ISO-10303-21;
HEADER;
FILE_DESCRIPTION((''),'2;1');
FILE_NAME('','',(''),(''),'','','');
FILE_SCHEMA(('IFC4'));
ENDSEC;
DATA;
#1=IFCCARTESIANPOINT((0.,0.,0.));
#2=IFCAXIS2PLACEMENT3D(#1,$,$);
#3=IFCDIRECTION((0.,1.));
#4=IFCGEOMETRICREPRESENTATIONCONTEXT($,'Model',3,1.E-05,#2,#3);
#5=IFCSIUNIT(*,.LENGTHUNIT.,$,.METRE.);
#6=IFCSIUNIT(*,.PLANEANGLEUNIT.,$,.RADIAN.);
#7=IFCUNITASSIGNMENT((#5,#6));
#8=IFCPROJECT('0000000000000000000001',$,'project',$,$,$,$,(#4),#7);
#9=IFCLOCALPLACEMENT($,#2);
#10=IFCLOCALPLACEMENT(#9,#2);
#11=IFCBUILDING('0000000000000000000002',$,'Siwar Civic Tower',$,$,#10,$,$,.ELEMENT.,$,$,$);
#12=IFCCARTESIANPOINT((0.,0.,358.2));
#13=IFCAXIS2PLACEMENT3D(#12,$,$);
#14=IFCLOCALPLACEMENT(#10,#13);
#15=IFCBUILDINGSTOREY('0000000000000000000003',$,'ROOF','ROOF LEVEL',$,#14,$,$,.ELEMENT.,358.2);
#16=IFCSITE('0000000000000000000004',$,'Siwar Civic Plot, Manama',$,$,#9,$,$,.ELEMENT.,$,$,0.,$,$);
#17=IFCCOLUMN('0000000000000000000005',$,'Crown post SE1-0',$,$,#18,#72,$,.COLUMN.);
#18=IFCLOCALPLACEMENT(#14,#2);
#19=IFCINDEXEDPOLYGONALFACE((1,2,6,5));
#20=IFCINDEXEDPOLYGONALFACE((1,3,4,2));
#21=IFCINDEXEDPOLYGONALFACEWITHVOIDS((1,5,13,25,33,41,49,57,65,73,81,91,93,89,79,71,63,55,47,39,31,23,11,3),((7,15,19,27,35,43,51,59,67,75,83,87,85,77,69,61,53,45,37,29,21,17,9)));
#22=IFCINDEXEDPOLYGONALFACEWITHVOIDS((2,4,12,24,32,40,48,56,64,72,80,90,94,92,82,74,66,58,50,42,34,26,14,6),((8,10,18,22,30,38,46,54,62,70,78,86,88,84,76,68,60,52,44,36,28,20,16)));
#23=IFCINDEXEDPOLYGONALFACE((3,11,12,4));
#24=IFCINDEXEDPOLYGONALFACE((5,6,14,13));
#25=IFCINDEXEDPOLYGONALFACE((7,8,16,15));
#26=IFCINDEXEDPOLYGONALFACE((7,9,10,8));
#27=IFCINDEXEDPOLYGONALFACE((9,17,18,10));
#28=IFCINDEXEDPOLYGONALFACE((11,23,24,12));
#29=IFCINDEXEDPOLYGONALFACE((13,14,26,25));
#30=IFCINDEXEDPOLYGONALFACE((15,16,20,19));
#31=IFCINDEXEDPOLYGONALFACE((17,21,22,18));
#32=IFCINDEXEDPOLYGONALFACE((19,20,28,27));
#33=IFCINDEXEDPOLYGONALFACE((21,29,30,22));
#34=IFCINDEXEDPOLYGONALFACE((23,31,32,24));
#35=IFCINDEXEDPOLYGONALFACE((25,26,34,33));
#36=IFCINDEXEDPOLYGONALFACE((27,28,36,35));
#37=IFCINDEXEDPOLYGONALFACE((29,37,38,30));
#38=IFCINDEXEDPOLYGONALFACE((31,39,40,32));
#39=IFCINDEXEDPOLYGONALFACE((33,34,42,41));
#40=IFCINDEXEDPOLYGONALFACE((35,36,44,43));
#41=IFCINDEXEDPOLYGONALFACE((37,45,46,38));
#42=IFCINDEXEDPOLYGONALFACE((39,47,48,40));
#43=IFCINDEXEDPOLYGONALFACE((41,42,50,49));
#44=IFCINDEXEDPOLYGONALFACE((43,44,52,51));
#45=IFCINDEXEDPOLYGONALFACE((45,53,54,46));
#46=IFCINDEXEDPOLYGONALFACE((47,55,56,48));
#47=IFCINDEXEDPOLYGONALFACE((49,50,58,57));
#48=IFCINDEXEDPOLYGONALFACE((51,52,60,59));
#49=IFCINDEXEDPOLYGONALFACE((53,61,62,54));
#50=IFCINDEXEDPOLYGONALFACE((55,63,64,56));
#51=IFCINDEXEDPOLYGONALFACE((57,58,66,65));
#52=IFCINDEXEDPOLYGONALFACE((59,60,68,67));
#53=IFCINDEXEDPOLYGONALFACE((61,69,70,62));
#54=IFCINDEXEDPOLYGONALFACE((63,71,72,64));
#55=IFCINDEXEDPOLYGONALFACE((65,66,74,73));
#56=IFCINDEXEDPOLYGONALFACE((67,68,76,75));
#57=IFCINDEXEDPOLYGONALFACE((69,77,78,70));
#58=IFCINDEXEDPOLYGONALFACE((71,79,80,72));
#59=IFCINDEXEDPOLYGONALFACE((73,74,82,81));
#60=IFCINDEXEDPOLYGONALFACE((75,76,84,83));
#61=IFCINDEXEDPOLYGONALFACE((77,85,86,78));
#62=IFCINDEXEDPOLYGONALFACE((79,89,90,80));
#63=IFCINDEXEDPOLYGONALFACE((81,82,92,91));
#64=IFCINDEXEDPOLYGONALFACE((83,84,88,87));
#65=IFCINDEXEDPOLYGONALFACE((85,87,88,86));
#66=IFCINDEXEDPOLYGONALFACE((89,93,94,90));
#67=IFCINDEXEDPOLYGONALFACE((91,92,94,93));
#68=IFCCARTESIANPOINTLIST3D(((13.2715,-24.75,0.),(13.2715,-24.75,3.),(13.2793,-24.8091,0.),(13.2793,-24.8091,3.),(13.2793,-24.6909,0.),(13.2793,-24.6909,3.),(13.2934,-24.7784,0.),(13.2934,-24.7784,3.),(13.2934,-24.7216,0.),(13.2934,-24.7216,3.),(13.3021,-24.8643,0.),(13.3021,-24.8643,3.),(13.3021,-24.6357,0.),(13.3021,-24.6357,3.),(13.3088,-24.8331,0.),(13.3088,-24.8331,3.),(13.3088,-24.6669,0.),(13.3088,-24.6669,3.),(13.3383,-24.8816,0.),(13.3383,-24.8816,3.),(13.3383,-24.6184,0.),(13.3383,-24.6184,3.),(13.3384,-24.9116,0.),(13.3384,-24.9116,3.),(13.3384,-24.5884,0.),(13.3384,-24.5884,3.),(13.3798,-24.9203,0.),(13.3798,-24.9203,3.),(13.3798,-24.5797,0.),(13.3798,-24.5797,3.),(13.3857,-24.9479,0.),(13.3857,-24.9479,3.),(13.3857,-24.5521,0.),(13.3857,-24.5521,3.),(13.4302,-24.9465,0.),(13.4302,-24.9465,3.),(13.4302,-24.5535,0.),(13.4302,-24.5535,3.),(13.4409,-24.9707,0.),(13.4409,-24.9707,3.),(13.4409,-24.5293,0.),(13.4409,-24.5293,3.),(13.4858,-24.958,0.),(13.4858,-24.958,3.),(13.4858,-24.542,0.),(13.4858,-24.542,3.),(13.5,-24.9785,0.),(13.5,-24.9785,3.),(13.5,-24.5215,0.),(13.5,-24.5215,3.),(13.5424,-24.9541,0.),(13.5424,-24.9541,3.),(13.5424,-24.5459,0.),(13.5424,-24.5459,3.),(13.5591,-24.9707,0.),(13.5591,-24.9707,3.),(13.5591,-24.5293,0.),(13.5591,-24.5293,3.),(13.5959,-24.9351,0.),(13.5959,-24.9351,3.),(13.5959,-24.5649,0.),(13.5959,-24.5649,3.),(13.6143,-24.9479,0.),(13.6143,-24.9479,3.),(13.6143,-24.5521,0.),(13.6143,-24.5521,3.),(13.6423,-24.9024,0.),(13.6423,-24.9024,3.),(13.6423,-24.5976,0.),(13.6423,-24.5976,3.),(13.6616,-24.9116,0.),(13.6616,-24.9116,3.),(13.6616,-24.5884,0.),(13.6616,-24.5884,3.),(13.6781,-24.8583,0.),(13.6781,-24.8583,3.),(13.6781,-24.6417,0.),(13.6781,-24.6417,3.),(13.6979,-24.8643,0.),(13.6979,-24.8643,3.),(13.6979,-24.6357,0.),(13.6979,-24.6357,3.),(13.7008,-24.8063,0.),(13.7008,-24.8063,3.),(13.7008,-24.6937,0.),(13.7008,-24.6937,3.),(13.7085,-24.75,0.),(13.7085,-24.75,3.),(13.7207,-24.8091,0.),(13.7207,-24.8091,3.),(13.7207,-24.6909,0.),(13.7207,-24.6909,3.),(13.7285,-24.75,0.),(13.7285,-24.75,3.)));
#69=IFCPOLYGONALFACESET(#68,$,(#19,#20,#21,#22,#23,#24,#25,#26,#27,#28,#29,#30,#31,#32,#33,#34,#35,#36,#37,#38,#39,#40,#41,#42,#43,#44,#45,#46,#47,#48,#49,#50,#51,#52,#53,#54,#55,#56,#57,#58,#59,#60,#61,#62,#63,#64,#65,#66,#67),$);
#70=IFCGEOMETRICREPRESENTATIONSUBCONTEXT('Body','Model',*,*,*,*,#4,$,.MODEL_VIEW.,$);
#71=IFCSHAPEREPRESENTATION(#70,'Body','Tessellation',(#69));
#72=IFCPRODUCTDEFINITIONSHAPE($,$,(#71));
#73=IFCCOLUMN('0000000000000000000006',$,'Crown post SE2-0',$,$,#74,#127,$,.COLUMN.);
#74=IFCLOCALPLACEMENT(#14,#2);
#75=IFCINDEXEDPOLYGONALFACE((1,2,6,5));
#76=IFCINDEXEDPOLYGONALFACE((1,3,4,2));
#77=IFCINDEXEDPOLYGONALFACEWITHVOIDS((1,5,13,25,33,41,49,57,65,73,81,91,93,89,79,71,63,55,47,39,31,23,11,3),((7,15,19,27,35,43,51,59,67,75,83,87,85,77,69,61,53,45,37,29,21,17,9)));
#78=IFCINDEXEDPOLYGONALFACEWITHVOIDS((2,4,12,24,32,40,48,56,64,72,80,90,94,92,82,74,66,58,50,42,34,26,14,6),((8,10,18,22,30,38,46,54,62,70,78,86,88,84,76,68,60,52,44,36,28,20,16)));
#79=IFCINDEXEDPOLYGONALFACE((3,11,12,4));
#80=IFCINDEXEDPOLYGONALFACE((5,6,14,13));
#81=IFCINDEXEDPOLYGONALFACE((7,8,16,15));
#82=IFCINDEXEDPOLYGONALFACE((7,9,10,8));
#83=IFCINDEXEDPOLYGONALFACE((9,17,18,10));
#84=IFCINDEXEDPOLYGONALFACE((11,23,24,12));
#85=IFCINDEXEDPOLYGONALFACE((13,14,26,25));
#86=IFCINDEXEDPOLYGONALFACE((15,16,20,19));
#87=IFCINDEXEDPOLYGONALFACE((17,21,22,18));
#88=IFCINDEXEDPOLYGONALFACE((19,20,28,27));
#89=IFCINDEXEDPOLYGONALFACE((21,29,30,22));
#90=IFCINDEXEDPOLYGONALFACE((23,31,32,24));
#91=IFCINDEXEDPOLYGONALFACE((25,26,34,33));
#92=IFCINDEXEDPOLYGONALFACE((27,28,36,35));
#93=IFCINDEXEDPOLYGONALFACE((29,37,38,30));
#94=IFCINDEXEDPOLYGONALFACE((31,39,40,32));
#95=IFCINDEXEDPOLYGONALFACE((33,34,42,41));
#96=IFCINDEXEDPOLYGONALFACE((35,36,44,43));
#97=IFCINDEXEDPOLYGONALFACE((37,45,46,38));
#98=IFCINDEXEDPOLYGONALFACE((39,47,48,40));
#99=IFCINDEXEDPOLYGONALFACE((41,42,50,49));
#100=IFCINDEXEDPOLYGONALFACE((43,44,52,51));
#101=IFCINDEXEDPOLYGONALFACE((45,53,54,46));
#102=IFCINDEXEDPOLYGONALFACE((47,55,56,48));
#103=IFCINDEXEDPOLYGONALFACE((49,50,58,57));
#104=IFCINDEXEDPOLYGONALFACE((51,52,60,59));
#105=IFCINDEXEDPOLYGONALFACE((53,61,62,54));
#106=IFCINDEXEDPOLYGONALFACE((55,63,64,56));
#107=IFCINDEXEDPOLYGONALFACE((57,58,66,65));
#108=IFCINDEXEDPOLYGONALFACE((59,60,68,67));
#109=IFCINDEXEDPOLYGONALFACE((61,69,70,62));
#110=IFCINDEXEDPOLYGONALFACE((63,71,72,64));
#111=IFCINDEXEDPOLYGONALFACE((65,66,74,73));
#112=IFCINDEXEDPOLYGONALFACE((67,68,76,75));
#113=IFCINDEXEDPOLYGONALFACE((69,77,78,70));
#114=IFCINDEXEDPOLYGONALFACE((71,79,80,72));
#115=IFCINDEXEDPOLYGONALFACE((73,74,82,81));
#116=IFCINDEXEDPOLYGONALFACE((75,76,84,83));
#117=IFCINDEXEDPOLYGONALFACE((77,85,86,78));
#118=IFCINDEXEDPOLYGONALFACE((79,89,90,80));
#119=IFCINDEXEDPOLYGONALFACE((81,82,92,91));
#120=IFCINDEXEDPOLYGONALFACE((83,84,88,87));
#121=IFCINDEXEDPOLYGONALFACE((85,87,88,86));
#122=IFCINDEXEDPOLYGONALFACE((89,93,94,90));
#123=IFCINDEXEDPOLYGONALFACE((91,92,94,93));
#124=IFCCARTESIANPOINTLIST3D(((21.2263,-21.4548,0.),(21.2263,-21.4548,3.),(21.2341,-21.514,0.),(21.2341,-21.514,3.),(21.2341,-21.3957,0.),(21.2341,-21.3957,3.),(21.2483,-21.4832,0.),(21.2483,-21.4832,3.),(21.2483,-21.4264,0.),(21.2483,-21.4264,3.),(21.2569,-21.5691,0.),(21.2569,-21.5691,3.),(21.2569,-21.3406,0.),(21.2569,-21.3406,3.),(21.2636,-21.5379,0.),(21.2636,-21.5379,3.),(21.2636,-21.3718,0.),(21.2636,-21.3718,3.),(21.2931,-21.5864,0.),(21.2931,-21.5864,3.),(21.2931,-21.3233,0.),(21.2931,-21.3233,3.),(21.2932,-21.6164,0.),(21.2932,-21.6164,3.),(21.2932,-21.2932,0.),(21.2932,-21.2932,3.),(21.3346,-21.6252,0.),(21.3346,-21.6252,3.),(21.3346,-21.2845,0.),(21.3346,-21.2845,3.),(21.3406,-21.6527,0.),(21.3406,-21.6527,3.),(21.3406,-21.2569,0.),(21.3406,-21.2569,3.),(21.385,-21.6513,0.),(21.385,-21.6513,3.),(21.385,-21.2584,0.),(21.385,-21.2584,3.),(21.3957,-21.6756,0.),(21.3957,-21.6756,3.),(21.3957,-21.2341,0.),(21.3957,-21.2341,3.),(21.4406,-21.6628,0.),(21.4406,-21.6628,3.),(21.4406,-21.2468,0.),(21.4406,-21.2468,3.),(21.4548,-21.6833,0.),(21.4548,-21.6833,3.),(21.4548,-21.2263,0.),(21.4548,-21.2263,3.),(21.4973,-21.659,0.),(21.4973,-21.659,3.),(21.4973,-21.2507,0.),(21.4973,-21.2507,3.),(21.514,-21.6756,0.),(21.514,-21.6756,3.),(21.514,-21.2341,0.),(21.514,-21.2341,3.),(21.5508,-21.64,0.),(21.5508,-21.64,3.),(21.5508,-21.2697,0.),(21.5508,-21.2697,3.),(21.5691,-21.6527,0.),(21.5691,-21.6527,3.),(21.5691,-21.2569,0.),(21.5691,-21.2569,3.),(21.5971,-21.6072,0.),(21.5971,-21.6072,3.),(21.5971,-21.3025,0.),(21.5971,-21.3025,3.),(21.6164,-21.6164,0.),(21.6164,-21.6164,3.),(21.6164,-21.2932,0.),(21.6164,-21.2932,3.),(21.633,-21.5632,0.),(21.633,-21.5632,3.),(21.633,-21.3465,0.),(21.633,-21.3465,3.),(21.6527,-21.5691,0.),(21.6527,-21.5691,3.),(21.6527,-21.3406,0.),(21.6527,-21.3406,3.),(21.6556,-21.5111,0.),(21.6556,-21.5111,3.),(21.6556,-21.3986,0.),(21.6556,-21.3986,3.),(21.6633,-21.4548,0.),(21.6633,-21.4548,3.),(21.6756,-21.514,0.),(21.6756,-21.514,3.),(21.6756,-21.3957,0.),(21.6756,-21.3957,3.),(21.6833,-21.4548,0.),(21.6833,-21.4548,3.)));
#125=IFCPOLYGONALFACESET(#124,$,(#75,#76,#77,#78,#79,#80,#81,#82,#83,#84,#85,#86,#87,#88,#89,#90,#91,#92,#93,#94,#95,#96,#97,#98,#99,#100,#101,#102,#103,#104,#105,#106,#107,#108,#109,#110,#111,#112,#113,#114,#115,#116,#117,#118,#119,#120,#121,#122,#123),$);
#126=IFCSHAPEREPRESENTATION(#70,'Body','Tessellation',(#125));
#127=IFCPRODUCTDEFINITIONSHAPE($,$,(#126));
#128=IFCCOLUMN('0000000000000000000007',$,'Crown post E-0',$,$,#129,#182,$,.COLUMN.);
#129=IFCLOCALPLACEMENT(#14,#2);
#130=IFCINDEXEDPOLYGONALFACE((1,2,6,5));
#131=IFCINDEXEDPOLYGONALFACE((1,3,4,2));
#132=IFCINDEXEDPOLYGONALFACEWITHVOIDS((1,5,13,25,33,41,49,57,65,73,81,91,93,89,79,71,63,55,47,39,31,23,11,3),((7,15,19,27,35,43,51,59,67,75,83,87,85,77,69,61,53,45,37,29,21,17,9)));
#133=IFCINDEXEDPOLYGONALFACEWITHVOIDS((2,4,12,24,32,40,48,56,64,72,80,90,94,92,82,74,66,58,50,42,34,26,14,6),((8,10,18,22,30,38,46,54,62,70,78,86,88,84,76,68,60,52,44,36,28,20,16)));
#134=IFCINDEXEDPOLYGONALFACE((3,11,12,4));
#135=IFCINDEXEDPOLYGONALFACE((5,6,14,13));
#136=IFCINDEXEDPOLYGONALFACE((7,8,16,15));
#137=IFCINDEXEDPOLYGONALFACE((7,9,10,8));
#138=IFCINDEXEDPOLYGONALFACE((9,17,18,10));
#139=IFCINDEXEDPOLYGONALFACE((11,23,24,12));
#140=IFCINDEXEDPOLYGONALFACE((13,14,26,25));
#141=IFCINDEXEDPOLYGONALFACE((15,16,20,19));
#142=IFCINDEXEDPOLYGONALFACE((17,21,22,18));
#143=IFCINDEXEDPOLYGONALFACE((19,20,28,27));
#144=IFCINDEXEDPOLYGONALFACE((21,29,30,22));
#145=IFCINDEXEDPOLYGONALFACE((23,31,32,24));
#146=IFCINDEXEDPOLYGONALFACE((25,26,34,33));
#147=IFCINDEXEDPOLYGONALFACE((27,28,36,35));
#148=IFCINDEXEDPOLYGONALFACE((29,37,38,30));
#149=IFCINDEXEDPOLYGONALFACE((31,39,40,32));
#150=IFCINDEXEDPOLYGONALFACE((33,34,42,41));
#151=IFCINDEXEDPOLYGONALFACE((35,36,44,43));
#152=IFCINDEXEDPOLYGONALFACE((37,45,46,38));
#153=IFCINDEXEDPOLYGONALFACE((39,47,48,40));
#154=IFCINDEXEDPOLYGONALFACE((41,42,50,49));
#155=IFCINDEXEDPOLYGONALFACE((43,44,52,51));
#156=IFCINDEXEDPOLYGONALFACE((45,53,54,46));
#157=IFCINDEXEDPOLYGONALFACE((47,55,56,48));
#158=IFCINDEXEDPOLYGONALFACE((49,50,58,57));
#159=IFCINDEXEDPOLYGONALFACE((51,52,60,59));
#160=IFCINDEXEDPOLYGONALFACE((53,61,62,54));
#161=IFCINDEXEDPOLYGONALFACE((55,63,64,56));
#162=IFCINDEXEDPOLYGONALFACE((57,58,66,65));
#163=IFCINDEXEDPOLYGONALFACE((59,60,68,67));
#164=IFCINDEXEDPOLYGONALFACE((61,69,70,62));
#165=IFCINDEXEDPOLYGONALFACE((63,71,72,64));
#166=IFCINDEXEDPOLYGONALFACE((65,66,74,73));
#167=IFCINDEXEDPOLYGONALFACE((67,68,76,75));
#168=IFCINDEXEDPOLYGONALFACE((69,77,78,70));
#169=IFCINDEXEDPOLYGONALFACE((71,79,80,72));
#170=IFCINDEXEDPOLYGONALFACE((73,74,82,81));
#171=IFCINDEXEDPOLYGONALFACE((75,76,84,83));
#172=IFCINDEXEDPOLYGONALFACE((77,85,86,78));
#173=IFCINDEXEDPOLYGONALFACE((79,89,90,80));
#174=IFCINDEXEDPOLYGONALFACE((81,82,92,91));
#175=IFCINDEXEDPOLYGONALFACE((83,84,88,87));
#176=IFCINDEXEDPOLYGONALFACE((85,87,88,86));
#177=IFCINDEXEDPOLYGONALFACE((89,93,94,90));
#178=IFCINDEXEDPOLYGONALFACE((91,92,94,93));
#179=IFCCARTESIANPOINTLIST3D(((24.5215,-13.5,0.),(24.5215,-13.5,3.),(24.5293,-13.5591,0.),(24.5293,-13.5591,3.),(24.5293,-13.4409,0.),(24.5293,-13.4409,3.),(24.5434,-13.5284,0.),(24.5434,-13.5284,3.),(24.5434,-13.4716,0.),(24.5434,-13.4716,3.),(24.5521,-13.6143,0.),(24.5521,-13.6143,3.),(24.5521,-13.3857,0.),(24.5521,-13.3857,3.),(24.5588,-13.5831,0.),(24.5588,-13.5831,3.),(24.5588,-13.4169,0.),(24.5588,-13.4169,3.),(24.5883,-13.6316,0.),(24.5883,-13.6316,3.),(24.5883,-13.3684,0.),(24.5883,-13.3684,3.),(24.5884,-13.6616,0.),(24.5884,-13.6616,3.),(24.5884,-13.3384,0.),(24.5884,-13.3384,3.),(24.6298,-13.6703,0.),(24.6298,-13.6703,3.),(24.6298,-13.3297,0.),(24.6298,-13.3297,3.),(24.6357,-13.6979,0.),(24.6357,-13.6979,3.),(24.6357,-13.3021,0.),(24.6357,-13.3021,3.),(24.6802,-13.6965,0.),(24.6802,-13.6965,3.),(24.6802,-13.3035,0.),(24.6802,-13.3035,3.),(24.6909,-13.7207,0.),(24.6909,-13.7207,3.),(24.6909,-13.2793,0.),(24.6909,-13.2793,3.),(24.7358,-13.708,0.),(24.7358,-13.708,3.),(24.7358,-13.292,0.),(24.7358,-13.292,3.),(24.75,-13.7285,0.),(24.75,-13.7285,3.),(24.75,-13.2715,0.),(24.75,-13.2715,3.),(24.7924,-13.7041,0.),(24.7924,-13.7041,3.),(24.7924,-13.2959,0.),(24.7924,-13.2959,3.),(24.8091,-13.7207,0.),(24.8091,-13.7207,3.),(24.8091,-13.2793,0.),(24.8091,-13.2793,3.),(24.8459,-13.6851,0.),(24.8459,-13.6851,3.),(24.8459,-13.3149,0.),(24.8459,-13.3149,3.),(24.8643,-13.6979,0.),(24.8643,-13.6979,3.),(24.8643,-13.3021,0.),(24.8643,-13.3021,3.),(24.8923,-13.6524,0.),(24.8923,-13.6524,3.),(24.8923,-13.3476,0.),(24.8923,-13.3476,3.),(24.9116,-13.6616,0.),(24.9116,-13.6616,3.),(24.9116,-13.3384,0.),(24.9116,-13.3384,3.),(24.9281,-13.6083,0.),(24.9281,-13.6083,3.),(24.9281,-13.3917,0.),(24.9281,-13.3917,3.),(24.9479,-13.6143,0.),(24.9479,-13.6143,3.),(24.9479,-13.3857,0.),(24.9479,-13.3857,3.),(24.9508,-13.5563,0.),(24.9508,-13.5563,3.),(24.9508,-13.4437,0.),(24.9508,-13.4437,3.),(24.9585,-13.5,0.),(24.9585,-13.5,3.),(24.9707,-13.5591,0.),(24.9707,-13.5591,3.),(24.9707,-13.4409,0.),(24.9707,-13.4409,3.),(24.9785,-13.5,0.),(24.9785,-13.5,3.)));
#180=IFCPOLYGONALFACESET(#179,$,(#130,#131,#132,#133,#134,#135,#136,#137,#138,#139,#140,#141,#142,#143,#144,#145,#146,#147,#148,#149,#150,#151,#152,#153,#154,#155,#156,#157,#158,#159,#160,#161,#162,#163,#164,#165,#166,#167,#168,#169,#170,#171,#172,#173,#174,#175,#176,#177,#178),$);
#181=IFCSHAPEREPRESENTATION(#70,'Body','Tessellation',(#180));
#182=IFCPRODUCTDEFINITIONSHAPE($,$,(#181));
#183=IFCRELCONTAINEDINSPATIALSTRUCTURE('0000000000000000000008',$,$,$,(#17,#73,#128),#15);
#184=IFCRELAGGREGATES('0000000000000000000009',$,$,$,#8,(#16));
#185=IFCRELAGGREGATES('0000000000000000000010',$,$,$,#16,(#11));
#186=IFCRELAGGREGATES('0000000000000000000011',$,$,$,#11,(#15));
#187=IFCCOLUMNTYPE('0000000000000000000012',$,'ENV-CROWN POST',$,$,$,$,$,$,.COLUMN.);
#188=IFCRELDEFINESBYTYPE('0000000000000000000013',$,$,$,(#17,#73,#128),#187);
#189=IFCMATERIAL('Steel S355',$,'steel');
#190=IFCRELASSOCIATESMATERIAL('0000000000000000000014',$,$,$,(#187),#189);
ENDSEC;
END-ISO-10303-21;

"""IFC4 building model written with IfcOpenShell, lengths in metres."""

from ifc_helpers import new_model, si_unit, direction, frame, origin, origin_2d, place, context, subcontext, project, spatial, hollow_circle, extrude, material, material_profile, profile_set, type_object, element, save


model = new_model("IFC4")

# Units and contexts
model_context = context("Model", 3, precision=1e-05, world=origin(), true_north=direction((0.0, 1.0)))
body_context = subcontext(model_context, "Body", "Model", "MODEL_VIEW")
ifc_project = project(units=[si_unit("LENGTHUNIT", "METRE"), si_unit("PLANEANGLEUNIT", "RADIAN")], contexts=[model_context])

# Site, building, storey
site_placement = place(None, origin())
site = spatial("IfcSite", under=ifc_project, at=site_placement, Name="Siwar Civic Plot, Manama", CompositionType="ELEMENT", RefElevation=0.0)
building_placement = place(site_placement, origin())
building = spatial("IfcBuilding", under=site, at=building_placement, Name="Siwar Civic Tower", CompositionType="ELEMENT")
storey_placement = place(building_placement, frame((0.0, 0.0, 358.2)))
storey = spatial("IfcBuildingStorey", under=building, at=storey_placement, Name="ROOF", Description="ROOF LEVEL", CompositionType="ELEMENT", Elevation=358.2)

# Columns
ifc_material_1 = material(Name="Steel S355", Category="steel")
ifc_material_profile = material_profile(ifc_material_1, hollow_circle(Radius=0.2285, WallThickness=0.02, at=origin_2d()), Name="CHS457x20")
ifc_profile_set = profile_set([ifc_material_profile], Name="Steel S355")
column_type = type_object("IfcColumnType", Name="ENV-CROWN POST", PredefinedType="COLUMN", material=ifc_profile_set)
for number, where, z_axis, x_axis, name in (
    (1, (13.5, -24.75, 0.0), (0.0, 0.0, 1.0), (1.0, 0.0, 0.0), "Crown post SE1-0"),
    (2, (21.4548, -21.4548, 0.0), (0.0, 0.0, 1.0), (1.0, 0.0, 0.0), "Crown post SE2-0"),
    (3, (24.75, -13.5, 0.0), (0.0, 0.0, 1.0), (1.0, 0.0, 0.0), "Crown post E-0"),
):
    element("IfcColumn", number, at=place(storey_placement, frame(where, z_axis=z_axis, x_axis=x_axis)), inside=storey, type_object=column_type, Name=name, PredefinedType="COLUMN", context=body_context, shape_type="SweptSolid", body=[
        extrude(hollow_circle(Radius=0.2285, WallThickness=0.02, at=origin_2d()), origin(), (0.0, 0.0, 1.0), 3.0),
    ])

save(model, "model.ifc")
